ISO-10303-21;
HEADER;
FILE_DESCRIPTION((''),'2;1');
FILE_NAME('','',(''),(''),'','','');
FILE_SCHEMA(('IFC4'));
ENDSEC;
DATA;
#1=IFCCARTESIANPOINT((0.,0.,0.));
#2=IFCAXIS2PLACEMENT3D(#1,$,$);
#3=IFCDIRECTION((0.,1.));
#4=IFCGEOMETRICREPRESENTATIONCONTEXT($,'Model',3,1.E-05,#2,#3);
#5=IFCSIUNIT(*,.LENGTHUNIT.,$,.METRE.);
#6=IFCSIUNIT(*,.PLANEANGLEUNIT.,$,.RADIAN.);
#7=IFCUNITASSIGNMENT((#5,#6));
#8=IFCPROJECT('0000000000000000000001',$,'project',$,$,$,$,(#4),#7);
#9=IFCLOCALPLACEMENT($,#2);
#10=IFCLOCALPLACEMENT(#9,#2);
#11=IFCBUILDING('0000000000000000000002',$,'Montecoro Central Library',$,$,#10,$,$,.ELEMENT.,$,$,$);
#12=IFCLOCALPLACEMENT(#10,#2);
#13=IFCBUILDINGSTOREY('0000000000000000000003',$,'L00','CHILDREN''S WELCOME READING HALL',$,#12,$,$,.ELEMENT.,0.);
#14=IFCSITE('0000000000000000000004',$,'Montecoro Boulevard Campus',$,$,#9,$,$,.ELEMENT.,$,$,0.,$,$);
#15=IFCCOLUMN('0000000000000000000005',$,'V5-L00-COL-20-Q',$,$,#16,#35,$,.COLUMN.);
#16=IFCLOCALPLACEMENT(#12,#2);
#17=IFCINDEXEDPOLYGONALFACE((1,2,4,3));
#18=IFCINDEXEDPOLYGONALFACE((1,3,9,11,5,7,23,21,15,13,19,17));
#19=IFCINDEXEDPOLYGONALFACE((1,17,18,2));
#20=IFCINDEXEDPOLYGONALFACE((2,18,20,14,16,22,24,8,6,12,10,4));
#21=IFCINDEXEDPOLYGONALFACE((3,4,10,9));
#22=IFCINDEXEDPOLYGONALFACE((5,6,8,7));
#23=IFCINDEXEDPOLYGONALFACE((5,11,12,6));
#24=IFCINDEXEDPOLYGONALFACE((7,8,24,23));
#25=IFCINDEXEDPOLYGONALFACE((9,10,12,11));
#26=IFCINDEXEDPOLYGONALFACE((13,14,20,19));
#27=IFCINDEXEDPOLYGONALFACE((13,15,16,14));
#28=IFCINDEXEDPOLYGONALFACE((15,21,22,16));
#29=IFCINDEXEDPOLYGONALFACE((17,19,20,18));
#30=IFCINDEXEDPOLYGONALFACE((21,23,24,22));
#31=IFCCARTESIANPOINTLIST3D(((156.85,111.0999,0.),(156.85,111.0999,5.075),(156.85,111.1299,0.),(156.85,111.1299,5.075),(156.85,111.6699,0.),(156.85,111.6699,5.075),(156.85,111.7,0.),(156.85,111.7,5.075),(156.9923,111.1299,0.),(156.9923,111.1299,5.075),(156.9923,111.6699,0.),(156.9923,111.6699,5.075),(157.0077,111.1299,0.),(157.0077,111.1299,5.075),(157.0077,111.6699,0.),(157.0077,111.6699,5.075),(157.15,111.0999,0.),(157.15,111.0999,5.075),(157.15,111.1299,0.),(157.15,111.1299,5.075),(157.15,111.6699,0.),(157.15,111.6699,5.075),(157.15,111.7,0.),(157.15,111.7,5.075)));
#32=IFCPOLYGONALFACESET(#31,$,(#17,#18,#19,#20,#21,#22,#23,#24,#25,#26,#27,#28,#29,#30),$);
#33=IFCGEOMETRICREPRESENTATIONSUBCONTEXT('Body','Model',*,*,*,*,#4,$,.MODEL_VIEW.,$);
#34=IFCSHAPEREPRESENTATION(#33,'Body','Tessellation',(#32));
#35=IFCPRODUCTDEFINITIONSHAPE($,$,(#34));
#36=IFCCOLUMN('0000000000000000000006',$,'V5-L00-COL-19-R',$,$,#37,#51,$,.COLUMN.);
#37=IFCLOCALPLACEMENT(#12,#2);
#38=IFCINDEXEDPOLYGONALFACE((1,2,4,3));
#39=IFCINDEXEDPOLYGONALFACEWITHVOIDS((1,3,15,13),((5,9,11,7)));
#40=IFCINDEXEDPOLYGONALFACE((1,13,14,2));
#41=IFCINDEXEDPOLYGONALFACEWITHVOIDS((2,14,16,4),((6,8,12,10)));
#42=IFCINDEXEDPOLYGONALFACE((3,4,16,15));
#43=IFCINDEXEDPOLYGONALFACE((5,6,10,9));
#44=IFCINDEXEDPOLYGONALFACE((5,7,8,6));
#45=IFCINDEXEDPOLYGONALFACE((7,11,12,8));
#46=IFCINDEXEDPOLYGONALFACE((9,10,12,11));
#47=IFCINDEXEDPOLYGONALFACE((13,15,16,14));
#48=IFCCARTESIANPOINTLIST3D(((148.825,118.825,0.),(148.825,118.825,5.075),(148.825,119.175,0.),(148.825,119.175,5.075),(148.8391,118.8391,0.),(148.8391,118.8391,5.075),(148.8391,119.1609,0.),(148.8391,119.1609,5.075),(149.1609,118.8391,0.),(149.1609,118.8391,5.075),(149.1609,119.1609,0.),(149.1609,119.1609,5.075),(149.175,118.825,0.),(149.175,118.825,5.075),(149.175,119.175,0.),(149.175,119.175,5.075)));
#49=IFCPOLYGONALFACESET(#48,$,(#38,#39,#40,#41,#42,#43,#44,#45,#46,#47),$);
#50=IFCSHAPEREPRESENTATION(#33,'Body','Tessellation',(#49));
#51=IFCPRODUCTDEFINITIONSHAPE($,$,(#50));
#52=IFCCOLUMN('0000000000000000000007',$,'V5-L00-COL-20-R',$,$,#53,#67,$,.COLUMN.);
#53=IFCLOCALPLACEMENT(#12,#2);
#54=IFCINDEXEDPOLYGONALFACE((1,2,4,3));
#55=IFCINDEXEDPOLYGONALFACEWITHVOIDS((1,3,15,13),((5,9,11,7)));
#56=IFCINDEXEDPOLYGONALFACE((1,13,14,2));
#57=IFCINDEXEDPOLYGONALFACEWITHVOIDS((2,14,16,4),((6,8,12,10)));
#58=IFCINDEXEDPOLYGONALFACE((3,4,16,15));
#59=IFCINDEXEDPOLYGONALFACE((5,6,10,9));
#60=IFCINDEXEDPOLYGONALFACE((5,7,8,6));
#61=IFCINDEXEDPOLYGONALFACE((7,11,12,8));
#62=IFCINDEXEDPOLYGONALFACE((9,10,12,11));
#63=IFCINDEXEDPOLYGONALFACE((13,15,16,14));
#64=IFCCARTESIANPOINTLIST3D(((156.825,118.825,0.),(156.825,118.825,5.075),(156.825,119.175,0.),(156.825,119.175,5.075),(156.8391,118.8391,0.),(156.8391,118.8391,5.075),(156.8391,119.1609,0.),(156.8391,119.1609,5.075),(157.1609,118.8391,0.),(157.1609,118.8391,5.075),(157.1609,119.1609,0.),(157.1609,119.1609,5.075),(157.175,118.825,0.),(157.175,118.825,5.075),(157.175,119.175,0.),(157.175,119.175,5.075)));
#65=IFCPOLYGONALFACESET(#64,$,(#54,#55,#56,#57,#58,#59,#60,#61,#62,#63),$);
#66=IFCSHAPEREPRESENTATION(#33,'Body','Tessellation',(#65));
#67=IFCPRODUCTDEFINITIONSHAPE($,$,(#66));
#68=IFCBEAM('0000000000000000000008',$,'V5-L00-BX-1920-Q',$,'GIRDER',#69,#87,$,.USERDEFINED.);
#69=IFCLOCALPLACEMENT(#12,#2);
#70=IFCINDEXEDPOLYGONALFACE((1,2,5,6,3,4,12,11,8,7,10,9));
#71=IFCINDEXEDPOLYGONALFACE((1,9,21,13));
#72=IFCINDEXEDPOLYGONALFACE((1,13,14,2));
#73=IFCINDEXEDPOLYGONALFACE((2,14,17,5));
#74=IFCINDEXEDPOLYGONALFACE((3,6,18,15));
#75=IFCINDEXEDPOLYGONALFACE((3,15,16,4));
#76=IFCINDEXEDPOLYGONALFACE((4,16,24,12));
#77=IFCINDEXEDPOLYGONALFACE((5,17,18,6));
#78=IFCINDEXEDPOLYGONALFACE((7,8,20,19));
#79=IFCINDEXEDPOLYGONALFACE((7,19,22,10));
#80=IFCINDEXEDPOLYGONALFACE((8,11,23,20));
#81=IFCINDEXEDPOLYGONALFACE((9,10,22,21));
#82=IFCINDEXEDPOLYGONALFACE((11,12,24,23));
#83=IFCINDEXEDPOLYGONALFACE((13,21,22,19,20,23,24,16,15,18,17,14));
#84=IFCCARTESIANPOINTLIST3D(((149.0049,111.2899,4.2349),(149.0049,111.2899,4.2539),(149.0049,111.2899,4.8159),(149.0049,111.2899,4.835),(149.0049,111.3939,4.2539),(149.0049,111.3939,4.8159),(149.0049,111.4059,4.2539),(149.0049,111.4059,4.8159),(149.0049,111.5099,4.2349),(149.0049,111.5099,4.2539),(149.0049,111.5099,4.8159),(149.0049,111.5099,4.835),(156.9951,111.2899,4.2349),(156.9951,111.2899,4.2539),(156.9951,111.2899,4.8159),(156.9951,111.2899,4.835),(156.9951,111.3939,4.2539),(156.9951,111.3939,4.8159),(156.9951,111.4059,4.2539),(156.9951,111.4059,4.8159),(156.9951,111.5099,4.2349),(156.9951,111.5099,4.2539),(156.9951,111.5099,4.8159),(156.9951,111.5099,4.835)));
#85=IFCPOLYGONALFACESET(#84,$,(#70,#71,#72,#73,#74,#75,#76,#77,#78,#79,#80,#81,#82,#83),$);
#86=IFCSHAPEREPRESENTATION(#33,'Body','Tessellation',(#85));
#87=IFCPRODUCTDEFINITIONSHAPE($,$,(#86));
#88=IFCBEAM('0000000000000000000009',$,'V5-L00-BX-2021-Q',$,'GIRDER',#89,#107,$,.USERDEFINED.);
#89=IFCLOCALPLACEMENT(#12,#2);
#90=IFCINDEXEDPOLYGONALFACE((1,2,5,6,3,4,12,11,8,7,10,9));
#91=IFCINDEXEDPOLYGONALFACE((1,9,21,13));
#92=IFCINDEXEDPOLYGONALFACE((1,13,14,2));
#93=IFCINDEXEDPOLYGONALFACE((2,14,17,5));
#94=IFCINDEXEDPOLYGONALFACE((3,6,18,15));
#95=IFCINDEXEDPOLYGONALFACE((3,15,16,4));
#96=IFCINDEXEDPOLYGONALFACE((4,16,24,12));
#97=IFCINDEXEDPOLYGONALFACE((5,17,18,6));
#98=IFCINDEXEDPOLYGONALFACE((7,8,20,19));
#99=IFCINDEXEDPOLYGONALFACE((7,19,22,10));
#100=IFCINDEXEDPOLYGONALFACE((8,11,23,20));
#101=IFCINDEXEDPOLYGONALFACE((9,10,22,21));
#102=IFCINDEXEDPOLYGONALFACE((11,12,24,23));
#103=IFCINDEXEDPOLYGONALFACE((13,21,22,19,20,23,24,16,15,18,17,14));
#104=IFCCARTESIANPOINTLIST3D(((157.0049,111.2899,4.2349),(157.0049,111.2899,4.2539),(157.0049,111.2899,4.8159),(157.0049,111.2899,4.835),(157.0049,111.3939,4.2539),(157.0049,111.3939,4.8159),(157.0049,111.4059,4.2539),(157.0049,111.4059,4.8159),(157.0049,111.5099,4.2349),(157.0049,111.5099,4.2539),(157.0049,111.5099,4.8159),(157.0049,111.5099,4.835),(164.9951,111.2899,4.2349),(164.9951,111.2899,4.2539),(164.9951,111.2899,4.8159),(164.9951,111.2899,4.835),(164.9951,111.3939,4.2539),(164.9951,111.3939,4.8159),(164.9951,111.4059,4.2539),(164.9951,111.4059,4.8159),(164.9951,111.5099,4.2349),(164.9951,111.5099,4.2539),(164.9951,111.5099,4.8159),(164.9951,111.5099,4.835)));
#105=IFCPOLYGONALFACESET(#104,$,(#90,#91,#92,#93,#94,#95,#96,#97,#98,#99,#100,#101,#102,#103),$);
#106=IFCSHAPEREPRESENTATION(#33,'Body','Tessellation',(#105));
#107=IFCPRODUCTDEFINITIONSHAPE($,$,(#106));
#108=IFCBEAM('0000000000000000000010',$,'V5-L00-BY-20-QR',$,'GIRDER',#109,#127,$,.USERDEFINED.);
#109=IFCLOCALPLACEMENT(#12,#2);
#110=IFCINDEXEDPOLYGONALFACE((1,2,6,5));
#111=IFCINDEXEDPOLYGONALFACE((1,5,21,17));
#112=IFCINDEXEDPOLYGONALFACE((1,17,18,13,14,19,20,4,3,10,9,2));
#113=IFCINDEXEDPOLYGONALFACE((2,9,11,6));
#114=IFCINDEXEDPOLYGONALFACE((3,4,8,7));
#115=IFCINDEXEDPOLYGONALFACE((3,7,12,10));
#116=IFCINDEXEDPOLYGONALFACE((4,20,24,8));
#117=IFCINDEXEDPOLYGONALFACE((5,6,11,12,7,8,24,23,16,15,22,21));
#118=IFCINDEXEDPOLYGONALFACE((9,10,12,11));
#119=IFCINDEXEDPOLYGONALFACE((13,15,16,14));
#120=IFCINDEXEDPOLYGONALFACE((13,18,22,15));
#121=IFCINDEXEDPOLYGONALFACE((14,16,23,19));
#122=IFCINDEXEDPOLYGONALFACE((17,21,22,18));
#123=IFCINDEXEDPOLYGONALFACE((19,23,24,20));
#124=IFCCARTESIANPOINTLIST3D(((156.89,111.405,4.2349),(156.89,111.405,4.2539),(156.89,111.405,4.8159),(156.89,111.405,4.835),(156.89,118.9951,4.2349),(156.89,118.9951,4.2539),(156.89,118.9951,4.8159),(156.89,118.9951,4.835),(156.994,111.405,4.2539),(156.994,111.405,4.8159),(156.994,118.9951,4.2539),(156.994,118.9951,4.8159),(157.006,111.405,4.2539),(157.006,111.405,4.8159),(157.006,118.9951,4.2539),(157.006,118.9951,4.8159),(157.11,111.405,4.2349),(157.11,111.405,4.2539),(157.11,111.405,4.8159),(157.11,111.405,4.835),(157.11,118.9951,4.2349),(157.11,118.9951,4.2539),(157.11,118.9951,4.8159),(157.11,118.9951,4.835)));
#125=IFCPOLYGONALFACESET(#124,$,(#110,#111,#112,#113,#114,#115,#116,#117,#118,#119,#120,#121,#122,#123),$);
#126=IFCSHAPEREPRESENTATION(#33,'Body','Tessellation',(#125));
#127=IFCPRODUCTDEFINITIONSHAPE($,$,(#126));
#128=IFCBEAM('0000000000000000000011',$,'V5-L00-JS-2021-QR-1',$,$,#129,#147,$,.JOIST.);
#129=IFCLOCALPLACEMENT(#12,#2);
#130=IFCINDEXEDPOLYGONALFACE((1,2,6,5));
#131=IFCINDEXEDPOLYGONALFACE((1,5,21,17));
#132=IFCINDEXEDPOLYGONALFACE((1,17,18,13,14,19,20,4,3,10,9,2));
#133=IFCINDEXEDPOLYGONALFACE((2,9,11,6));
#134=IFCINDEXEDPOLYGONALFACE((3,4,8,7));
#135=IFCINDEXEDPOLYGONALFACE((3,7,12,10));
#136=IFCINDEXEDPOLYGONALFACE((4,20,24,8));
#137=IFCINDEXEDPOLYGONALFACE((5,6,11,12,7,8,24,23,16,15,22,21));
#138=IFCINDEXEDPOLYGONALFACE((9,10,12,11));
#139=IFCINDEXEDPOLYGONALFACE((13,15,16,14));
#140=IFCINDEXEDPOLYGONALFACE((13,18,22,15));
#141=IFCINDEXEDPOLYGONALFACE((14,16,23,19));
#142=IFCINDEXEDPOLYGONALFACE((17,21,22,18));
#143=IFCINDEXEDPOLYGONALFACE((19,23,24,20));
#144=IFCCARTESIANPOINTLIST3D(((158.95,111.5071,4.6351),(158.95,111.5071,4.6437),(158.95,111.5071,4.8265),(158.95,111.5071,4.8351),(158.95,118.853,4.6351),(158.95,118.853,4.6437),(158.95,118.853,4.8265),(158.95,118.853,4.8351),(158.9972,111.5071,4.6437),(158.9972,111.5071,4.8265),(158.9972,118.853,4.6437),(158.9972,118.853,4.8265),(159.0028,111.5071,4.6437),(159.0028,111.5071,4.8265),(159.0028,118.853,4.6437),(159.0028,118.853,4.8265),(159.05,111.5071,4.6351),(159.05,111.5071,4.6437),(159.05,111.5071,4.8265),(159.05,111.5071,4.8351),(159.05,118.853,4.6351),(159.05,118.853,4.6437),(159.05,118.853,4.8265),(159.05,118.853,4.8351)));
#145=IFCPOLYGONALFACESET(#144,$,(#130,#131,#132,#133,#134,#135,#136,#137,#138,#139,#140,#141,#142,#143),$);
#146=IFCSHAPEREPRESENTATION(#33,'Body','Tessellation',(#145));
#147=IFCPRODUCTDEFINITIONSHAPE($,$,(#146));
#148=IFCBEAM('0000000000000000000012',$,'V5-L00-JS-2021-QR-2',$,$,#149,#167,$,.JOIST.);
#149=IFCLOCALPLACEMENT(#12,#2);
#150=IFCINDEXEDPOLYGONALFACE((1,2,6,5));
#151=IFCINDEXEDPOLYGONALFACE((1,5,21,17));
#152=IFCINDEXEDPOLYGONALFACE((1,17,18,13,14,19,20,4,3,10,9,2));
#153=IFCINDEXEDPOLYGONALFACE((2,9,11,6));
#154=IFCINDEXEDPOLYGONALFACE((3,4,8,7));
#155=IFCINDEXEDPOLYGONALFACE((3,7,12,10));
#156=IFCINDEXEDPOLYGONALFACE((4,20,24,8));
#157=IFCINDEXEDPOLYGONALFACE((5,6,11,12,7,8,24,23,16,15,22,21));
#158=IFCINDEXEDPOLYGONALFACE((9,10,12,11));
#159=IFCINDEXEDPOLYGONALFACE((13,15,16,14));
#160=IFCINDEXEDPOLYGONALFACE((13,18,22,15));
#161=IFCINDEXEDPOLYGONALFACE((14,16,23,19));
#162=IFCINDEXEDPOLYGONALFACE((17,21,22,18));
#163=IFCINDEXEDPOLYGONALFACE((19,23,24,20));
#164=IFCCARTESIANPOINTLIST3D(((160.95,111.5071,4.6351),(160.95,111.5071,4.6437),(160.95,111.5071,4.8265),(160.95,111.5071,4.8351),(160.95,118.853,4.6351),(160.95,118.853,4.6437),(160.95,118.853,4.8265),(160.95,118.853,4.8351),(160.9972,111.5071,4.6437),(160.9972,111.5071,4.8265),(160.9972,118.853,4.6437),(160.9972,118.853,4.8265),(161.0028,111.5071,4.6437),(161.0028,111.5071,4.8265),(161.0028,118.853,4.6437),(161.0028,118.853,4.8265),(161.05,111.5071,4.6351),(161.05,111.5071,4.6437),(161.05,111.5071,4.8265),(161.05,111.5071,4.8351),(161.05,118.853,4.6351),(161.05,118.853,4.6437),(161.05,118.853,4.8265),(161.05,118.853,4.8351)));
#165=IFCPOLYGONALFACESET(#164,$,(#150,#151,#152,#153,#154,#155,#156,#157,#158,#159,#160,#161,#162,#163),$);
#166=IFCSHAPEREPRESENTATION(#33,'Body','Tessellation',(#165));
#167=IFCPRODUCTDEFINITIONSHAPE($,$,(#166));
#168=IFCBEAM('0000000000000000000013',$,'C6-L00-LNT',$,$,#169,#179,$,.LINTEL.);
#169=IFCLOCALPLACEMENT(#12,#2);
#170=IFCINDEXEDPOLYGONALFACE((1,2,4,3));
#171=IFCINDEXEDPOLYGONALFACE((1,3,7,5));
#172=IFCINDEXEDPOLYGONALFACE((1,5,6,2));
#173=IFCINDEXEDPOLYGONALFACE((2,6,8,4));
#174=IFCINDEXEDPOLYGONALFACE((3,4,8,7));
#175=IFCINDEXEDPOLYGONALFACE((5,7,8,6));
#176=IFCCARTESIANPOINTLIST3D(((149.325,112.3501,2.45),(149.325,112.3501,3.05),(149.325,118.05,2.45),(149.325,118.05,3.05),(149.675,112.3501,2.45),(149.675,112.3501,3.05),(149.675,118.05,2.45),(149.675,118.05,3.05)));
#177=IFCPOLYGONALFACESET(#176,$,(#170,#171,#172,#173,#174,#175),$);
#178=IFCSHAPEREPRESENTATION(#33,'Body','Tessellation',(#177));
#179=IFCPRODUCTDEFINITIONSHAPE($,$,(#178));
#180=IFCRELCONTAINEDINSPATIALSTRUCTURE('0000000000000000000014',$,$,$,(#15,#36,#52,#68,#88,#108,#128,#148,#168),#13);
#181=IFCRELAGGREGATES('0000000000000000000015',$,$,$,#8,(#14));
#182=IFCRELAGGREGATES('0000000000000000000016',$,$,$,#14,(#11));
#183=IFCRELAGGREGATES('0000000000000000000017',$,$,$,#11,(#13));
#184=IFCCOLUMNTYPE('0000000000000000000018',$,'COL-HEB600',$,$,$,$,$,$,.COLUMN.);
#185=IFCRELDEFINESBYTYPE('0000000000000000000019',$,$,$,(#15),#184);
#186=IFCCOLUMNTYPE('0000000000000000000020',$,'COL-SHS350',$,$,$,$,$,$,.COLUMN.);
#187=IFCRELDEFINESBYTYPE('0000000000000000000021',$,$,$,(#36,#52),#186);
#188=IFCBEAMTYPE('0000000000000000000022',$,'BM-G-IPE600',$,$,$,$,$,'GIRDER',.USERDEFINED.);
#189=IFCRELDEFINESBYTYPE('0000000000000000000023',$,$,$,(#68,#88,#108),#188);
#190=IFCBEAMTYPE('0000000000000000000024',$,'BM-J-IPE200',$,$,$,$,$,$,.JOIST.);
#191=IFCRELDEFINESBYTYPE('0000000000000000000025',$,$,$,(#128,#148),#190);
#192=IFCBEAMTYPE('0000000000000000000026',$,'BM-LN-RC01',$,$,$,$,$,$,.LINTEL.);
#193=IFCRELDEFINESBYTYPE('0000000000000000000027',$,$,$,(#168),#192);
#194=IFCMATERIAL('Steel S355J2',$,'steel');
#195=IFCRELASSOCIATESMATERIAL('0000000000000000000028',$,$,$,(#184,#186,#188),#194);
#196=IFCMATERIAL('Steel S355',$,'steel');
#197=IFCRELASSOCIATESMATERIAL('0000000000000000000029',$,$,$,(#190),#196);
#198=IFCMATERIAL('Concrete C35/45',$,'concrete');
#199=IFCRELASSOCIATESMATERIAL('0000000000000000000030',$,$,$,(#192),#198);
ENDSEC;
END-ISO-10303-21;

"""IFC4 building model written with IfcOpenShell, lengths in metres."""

from ifc_helpers import new_model, si_unit, direction, frame, origin, origin_2d, place, context, subcontext, project, spatial, rectangle, hollow_rectangle, i_section, extrude, material, material_profile, profile_set, type_object, element, save


model = new_model("IFC4")

# Units and contexts
model_context = context("Model", 3, precision=1e-05, world=origin(), true_north=direction((0.0, 1.0)))
body_context = subcontext(model_context, "Body", "Model", "MODEL_VIEW")
ifc_project = project(units=[si_unit("LENGTHUNIT", "METRE"), si_unit("PLANEANGLEUNIT", "RADIAN")], contexts=[model_context])

# Site, building, storey
site_placement = place(None, origin())
site = spatial("IfcSite", under=ifc_project, at=site_placement, Name="Montecoro Boulevard Campus", CompositionType="ELEMENT", RefElevation=0.0)
building_placement = place(site_placement, origin())
building = spatial("IfcBuilding", under=site, at=building_placement, Name="Montecoro Central Library", CompositionType="ELEMENT")
storey_placement = place(building_placement, origin())
storey = spatial("IfcBuildingStorey", under=building, at=storey_placement, Name="L00", Description="CHILDREN'S WELCOME READING HALL", CompositionType="ELEMENT", Elevation=0.0)

# Columns
ifc_material_1 = material(Name="Steel S355J2", Category="steel")
ifc_material_profile_1 = material_profile(ifc_material_1, i_section(OverallWidth=0.3, OverallDepth=0.6001, WebThickness=0.0154, FlangeThickness=0.03, at=origin_2d()), Name="HEB 600")
ifc_profile_set_1 = profile_set([ifc_material_profile_1], Name="Steel S355J2")
column_type_1 = type_object("IfcColumnType", Name="COL-HEB600", PredefinedType="COLUMN", material=ifc_profile_set_1)
column_placement = place(storey_placement, frame((157.0, 111.3999, 0.0), z_axis=(0.0, 0.0, 1.0), x_axis=(1.0, 0.0, 0.0)))
element("IfcColumn", 1, at=column_placement, inside=storey, type_object=column_type_1, Name="V5-L00-COL-20-Q", PredefinedType="COLUMN", context=body_context, shape_type="SweptSolid", body=[
    extrude(i_section(OverallWidth=0.3, OverallDepth=0.6001, WebThickness=0.0154, FlangeThickness=0.03, at=origin_2d()), origin(), (0.0, 0.0, 1.0), 5.075),
])
ifc_material_profile_2 = material_profile(ifc_material_1, hollow_rectangle(XDim=0.3501, YDim=0.3501, WallThickness=0.0142, at=origin_2d()), Name="SHS 350x350x14.2")
ifc_profile_set_2 = profile_set([ifc_material_profile_2], Name="Steel S355J2")
column_type_2 = type_object("IfcColumnType", Name="COL-SHS350", PredefinedType="COLUMN", material=ifc_profile_set_2)
for number, where, z_axis, x_axis, name in (
    (2, (149.0, 119.0, 0.0), (0.0, 0.0, 1.0), (1.0, 0.0, 0.0), "V5-L00-COL-19-R"),
    (3, (157.0, 119.0, 0.0), (0.0, 0.0, 1.0), (1.0, 0.0, 0.0), "V5-L00-COL-20-R"),
):
    element("IfcColumn", number, at=place(storey_placement, frame(where, z_axis=z_axis, x_axis=x_axis)), inside=storey, type_object=column_type_2, Name=name, PredefinedType="COLUMN", context=body_context, shape_type="SweptSolid", body=[
        extrude(hollow_rectangle(XDim=0.3501, YDim=0.3501, WallThickness=0.0142, at=origin_2d()), origin(), (0.0, 0.0, 1.0), 5.075),
    ])

# Beams
ifc_material_profile_3 = material_profile(ifc_material_1, i_section(OverallWidth=0.22, OverallDepth=0.6001, WebThickness=0.012, FlangeThickness=0.019, at=origin_2d()), Name="IPE 600")
ifc_profile_set_3 = profile_set([ifc_material_profile_3], Name="Steel S355J2")
beam_type_1 = type_object("IfcBeamType", Name="BM-G-IPE600", ElementType="GIRDER", PredefinedType="USERDEFINED", material=ifc_profile_set_3)
for number, where, z_axis, x_axis, name in (
    (4, (149.0049, 111.3999, 4.5349), (1.0, 0.0, 0.0), (0.0, 1.0, 0.0), "V5-L00-BX-1920-Q"),
    (5, (157.0049, 111.3999, 4.5349), (1.0, 0.0, 0.0), (0.0, 1.0, 0.0), "V5-L00-BX-2021-Q"),
):
    element("IfcBeam", number, at=place(storey_placement, frame(where, z_axis=z_axis, x_axis=x_axis)), inside=storey, type_object=beam_type_1, Name=name, ObjectType="GIRDER", PredefinedType="USERDEFINED", context=body_context, shape_type="SweptSolid", body=[
        extrude(i_section(OverallWidth=0.22, OverallDepth=0.6001, WebThickness=0.012, FlangeThickness=0.019, at=origin_2d()), origin(), (0.0, 0.0, 1.0), 7.9902),
    ])
beam_1_placement = place(storey_placement, frame((157.0, 111.405, 4.5349), z_axis=(0.0, 1.0, 0.0), x_axis=(-1.0, 0.0, 0.0)))
element("IfcBeam", 6, at=beam_1_placement, inside=storey, type_object=beam_type_1, Name="V5-L00-BY-20-QR", ObjectType="GIRDER", PredefinedType="USERDEFINED", context=body_context, shape_type="SweptSolid", body=[
    extrude(i_section(OverallWidth=0.22, OverallDepth=0.6001, WebThickness=0.012, FlangeThickness=0.019, at=origin_2d()), origin(), (0.0, 0.0, 1.0), 7.5901),
])
ifc_material_2 = material(Name="Steel S355", Category="steel")
ifc_material_profile_4 = material_profile(ifc_material_2, i_section(OverallWidth=0.1001, OverallDepth=0.2, WebThickness=0.0056, FlangeThickness=0.0085, at=origin_2d()), Name="IPE 200")
ifc_profile_set_4 = profile_set([ifc_material_profile_4], Name="Steel S355")
beam_type_2 = type_object("IfcBeamType", Name="BM-J-IPE200", PredefinedType="JOIST", material=ifc_profile_set_4)
for number, where, z_axis, x_axis, name in (
    (7, (159.0, 111.5071, 4.7351), (0.0, 1.0, 0.0), (-1.0, 0.0, 0.0), "V5-L00-JS-2021-QR-1"),
    (8, (161.0, 111.5071, 4.7351), (0.0, 1.0, 0.0), (-1.0, 0.0, 0.0), "V5-L00-JS-2021-QR-2"),
):
    element("IfcBeam", number, at=place(storey_placement, frame(where, z_axis=z_axis, x_axis=x_axis)), inside=storey, type_object=beam_type_2, Name=name, PredefinedType="JOIST", context=body_context, shape_type="SweptSolid", body=[
        extrude(i_section(OverallWidth=0.1001, OverallDepth=0.2, WebThickness=0.0056, FlangeThickness=0.0085, at=origin_2d()), origin(), (0.0, 0.0, 1.0), 7.3459),
    ])
ifc_material_3 = material(Name="Concrete C35/45", Category="concrete")
ifc_material_profile_5 = material_profile(ifc_material_3, rectangle(XDim=0.3501, YDim=0.6001, at=origin_2d()), Name="RC LNT 600x350")
ifc_profile_set_5 = profile_set([ifc_material_profile_5], Name="Concrete C35/45")
beam_type_3 = type_object("IfcBeamType", Name="BM-LN-RC01", PredefinedType="LINTEL", material=ifc_profile_set_5)
beam_2_placement = place(storey_placement, frame((149.5, 112.3501, 2.75), z_axis=(0.0, 1.0, 0.0), x_axis=(-1.0, 0.0, 0.0)))
element("IfcBeam", 9, at=beam_2_placement, inside=storey, type_object=beam_type_3, Name="C6-L00-LNT", PredefinedType="LINTEL", context=body_context, shape_type="SweptSolid", body=[
    extrude(rectangle(XDim=0.3501, YDim=0.6001, at=origin_2d()), origin(), (0.0, 0.0, 1.0), 5.7),
])

save(model, "model.ifc")
